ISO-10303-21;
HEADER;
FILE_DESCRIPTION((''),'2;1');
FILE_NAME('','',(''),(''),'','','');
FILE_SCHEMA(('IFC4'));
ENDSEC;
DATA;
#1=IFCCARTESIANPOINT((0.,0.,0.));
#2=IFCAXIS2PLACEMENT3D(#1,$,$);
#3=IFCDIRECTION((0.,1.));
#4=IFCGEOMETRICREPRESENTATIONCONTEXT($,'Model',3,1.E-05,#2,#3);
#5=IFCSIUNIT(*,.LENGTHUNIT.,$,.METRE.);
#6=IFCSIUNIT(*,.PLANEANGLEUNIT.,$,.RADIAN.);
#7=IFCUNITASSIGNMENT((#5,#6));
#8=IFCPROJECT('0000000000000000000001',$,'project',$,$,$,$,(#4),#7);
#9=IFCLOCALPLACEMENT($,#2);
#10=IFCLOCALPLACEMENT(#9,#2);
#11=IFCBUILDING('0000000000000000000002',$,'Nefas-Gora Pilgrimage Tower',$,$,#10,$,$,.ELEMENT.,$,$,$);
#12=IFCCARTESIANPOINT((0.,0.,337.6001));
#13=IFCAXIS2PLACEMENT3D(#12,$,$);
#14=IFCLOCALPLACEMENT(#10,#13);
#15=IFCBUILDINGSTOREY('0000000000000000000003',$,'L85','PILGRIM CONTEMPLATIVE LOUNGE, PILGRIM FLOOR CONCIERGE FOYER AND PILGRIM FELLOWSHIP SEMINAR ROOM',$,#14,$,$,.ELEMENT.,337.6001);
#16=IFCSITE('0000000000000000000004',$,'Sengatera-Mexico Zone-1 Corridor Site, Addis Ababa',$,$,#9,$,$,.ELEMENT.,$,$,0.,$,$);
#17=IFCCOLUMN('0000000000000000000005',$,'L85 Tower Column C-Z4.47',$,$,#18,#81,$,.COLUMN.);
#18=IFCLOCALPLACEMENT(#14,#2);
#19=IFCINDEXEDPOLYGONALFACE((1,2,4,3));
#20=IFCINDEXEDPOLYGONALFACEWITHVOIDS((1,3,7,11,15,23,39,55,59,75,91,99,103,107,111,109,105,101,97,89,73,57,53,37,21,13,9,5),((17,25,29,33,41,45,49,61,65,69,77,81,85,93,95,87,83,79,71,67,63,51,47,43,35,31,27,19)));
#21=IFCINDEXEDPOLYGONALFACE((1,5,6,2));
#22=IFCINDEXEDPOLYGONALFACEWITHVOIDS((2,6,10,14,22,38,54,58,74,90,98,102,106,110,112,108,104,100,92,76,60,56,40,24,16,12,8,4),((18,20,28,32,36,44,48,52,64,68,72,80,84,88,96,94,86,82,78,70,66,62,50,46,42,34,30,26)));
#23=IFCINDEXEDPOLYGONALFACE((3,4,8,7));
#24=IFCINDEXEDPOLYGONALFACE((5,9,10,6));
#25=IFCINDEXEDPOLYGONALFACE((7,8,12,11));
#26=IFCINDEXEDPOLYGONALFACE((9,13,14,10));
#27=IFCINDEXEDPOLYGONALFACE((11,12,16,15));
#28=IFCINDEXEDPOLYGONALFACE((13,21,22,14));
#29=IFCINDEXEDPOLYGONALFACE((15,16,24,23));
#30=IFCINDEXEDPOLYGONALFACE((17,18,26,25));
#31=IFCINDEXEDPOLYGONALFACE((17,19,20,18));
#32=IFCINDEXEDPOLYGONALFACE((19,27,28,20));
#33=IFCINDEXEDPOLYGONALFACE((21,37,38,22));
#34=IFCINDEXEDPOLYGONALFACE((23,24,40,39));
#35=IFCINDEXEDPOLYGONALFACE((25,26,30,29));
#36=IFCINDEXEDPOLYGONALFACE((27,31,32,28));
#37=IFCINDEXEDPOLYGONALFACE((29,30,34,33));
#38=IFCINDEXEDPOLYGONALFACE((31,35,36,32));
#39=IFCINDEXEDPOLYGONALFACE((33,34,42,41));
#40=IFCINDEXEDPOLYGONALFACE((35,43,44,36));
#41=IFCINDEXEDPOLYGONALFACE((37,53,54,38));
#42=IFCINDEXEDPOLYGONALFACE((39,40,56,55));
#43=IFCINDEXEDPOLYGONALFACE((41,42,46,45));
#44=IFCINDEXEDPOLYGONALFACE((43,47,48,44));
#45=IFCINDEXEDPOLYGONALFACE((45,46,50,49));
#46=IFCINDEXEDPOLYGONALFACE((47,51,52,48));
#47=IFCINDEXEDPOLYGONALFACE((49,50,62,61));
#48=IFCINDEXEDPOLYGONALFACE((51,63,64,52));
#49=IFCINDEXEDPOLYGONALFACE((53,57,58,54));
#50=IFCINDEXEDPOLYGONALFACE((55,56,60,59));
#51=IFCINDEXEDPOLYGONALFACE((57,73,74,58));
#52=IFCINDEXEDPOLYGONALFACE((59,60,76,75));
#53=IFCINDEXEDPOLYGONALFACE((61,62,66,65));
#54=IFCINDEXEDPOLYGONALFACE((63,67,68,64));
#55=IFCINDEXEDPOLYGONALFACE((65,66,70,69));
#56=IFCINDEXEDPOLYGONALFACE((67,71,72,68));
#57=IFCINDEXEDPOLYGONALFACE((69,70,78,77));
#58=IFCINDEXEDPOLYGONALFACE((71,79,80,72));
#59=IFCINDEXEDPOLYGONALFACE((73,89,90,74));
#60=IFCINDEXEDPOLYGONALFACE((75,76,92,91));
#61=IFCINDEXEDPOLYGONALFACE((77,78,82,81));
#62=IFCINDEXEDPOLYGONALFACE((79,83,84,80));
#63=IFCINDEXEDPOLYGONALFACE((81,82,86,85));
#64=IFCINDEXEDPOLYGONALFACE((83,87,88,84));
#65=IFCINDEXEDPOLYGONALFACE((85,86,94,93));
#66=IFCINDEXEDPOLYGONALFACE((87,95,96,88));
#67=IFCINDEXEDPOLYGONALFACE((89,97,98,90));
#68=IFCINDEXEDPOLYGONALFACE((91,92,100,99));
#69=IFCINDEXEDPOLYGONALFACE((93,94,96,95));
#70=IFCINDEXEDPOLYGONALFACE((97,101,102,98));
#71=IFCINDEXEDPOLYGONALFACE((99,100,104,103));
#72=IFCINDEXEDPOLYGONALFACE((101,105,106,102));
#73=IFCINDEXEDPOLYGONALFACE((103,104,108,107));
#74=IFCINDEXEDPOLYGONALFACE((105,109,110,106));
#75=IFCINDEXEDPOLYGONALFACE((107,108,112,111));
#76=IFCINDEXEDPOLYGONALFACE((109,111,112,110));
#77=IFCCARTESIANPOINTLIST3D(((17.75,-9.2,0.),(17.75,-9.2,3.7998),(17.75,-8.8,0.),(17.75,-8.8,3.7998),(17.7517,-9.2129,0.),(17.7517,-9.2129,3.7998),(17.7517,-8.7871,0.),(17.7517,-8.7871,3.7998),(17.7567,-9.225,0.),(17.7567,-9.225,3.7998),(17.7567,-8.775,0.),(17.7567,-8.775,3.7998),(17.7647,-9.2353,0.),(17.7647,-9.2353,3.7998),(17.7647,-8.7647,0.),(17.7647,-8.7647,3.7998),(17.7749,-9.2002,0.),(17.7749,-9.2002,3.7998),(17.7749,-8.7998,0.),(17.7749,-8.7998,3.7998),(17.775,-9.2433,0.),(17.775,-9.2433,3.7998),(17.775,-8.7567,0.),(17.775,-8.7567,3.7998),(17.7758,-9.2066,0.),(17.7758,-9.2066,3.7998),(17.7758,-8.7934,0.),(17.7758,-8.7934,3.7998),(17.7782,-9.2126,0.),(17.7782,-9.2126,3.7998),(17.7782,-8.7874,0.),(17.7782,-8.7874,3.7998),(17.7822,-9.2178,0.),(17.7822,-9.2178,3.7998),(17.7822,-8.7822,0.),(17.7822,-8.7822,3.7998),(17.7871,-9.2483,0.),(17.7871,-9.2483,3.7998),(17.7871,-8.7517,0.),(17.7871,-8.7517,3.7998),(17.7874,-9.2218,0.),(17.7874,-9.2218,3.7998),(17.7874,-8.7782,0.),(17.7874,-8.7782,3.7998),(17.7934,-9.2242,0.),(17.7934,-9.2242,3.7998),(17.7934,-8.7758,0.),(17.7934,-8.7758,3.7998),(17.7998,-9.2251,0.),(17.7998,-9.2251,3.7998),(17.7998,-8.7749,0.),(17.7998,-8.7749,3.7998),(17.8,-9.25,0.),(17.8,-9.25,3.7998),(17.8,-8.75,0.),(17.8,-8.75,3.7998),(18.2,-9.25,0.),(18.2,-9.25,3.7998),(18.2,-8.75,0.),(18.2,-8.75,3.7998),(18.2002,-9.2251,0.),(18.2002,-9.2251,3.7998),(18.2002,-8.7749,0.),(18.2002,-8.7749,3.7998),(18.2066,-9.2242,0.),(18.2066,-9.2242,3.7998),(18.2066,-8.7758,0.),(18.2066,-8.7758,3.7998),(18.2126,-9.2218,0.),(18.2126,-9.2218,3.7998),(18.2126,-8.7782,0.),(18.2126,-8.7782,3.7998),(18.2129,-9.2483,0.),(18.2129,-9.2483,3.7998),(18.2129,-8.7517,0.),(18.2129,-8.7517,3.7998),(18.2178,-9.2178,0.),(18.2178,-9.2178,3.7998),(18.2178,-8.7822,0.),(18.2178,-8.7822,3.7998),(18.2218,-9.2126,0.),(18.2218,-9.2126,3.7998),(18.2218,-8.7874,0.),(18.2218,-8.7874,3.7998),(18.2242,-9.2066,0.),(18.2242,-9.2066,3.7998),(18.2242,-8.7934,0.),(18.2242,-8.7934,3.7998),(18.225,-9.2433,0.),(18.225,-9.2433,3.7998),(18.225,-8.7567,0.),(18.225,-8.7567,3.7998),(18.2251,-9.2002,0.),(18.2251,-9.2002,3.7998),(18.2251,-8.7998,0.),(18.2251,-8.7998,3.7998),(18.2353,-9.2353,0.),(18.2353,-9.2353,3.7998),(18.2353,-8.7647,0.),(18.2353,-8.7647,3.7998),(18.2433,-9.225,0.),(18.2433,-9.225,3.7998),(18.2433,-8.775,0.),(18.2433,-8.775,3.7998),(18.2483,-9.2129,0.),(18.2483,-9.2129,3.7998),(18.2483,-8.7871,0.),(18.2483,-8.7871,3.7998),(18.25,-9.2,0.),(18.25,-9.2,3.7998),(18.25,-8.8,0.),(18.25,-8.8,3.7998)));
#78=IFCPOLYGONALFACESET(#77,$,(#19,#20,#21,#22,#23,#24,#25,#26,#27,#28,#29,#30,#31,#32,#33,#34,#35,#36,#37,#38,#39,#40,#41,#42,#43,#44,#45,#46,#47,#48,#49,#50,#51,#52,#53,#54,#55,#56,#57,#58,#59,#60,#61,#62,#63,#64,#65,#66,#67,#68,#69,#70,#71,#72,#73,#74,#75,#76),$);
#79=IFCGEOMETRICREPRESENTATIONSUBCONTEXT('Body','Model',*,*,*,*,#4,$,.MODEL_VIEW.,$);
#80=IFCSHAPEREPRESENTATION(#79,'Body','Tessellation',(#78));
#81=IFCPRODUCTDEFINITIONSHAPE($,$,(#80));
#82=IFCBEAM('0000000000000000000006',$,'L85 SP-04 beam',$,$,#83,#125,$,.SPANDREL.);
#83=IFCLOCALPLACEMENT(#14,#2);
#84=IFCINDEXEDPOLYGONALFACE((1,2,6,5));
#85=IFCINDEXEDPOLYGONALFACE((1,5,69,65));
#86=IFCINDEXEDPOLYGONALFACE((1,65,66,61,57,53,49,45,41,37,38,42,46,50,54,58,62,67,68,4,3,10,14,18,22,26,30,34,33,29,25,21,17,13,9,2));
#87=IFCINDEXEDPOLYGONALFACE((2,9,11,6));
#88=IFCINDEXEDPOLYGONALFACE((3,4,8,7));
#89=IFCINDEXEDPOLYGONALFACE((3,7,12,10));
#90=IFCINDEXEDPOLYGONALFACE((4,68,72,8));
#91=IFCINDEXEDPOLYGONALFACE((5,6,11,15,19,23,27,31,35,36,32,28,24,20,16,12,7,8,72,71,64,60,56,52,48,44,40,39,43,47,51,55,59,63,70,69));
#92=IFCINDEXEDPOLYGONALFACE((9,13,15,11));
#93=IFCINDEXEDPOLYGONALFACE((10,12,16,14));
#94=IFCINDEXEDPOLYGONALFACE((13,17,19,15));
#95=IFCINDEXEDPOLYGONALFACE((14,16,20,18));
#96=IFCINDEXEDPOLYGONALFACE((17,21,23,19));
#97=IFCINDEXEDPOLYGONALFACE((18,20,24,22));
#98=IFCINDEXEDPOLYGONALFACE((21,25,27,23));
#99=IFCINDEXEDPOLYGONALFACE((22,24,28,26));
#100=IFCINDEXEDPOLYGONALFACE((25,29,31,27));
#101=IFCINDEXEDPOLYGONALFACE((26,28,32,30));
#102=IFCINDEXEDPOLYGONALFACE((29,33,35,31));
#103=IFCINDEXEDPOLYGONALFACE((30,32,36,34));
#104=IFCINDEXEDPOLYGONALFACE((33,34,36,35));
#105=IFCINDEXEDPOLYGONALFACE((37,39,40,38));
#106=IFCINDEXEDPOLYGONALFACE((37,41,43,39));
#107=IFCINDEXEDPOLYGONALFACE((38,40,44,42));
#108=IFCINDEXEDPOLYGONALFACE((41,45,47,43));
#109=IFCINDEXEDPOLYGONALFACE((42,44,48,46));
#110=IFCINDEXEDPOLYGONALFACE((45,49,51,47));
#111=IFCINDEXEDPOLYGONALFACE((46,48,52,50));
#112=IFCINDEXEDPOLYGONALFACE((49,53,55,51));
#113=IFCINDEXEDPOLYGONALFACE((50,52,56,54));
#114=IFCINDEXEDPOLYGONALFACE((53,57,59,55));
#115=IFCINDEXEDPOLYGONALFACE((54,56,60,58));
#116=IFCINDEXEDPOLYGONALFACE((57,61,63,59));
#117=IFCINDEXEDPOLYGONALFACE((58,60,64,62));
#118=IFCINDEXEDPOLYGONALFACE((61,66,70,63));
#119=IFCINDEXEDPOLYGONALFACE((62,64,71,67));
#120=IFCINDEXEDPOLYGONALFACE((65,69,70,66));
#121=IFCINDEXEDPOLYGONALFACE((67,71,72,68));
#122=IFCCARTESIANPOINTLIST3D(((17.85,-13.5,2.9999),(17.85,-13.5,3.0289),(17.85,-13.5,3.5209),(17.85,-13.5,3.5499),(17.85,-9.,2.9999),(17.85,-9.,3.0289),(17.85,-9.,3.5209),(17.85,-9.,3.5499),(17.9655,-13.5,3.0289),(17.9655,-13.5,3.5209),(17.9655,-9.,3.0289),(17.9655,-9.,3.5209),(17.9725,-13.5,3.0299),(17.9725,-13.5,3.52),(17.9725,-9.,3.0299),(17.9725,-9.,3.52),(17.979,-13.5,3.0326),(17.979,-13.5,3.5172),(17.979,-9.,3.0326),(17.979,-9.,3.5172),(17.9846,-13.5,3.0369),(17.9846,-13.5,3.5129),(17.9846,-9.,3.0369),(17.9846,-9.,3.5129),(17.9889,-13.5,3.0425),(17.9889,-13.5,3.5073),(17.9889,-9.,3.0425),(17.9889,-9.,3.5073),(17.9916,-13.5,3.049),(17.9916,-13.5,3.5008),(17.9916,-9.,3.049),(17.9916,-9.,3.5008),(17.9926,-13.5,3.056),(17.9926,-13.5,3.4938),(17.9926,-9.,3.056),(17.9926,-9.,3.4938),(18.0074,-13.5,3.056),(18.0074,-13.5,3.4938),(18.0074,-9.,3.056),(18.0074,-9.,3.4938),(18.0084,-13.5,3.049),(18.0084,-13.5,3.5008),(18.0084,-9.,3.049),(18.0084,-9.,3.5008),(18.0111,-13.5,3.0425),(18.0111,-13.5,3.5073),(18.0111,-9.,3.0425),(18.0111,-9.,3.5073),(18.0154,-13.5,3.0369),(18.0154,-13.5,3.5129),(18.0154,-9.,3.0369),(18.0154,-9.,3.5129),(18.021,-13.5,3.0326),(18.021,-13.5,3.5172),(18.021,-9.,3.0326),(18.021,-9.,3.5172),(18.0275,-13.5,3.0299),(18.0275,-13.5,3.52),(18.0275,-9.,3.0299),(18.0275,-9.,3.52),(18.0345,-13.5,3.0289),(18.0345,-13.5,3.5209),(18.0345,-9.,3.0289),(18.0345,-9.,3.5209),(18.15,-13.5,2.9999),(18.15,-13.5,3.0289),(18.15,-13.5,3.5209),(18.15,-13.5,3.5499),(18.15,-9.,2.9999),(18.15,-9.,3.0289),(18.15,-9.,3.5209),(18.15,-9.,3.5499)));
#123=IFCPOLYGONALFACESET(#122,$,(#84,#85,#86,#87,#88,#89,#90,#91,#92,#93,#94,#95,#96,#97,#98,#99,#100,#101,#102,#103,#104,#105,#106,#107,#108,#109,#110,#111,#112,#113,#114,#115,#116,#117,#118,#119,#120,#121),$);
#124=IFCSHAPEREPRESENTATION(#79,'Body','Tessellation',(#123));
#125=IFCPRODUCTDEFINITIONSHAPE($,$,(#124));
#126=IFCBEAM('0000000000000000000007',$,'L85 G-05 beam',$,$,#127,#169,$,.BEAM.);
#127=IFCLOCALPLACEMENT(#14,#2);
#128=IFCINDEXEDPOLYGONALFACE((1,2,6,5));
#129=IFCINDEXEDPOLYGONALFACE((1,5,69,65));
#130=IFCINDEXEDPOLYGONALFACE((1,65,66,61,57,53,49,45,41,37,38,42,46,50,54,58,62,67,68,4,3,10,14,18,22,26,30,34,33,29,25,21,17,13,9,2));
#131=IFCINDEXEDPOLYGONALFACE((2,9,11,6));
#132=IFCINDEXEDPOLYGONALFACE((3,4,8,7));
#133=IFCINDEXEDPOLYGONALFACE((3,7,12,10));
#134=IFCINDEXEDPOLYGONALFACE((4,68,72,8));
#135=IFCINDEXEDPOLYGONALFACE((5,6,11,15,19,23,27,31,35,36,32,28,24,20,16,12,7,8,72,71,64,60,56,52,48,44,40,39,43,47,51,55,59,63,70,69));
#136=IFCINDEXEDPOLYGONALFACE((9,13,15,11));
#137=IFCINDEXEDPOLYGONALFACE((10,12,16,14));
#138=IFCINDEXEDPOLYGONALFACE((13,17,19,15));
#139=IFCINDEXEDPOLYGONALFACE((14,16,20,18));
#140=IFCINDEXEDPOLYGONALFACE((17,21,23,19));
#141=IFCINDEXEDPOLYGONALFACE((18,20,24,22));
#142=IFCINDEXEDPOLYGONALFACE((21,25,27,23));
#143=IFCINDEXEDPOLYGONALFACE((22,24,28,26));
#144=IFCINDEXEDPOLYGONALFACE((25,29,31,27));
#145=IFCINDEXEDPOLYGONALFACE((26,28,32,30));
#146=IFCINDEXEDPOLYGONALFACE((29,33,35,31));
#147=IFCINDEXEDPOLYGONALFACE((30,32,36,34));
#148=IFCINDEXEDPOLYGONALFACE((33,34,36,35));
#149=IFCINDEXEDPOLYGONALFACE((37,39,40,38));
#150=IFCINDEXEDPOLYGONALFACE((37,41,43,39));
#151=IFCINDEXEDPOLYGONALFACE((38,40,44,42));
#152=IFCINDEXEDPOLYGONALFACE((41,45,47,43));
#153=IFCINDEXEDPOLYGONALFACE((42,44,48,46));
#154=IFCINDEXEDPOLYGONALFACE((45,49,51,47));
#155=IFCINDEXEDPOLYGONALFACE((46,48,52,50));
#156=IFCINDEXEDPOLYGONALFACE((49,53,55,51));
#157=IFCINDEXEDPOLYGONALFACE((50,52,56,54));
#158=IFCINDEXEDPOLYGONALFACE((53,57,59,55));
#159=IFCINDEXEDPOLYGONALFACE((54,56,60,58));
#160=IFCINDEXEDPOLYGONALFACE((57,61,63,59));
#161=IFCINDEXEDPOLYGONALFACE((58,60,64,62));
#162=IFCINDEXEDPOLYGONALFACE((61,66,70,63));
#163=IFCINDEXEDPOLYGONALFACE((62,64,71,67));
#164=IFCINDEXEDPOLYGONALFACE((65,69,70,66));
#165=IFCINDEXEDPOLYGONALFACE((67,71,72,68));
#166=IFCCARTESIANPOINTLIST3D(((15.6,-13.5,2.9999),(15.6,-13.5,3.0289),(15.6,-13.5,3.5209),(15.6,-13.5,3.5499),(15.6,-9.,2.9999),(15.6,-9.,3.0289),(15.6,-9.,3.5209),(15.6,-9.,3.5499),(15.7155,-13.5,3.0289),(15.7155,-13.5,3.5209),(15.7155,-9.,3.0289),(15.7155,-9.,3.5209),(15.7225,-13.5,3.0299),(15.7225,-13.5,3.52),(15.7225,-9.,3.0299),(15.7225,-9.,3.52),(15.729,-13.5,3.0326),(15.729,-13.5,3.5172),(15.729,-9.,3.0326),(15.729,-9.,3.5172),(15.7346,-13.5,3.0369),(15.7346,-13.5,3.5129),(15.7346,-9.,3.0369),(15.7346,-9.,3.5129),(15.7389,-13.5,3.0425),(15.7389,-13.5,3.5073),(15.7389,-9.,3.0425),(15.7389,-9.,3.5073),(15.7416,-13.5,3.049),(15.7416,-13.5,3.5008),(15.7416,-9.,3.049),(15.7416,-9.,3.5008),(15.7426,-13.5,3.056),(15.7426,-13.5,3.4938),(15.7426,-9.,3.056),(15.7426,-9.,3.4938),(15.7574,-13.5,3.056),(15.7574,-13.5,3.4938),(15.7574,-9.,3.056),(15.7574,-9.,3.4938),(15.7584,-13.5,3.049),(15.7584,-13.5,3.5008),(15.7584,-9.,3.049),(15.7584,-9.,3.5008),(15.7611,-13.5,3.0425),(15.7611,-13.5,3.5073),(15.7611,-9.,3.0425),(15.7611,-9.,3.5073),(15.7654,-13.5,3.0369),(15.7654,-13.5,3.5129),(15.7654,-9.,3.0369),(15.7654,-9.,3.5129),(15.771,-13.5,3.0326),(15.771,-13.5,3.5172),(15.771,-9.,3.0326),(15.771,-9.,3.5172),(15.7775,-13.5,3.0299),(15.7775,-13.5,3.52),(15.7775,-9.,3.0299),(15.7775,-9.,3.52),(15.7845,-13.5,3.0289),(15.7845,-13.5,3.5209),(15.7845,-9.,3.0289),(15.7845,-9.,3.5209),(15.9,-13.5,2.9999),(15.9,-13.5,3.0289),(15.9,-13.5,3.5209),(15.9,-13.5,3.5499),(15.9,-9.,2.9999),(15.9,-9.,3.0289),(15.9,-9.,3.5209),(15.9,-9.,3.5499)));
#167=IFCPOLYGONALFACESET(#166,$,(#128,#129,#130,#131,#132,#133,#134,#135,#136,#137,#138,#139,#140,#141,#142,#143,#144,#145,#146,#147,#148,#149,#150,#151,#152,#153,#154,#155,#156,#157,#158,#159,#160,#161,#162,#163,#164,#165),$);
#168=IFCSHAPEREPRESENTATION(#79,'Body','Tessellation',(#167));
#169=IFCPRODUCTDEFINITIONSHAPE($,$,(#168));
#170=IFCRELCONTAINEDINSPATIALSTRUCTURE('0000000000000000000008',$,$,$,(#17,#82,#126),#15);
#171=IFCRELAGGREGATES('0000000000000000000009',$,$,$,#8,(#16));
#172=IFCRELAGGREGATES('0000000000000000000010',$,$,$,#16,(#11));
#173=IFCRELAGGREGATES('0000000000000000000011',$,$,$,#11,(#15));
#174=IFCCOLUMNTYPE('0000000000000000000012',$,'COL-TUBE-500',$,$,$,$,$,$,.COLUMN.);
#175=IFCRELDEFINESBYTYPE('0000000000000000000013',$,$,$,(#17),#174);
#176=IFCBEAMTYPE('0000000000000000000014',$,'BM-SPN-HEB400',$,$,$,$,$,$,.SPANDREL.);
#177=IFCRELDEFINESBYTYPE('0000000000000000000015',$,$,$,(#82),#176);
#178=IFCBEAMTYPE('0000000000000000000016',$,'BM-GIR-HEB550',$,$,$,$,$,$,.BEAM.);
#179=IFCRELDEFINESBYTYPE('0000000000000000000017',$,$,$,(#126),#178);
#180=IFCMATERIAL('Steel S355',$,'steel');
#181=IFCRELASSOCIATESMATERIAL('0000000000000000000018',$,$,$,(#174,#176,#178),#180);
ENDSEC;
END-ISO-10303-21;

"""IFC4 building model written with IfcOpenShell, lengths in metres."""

from ifc_helpers import new_model, si_unit, direction, frame, origin, origin_2d, place, context, subcontext, project, spatial, hollow_rectangle, i_section, extrude, source, transform, mapped, material, material_profile, profile_set, type_object, element, save


model = new_model("IFC4")

# Units and contexts
model_context = context("Model", 3, precision=1e-05, world=origin(), true_north=direction((0.0, 1.0)))
body_context = subcontext(model_context, "Body", "Model", "MODEL_VIEW")
ifc_project = project(units=[si_unit("LENGTHUNIT", "METRE"), si_unit("PLANEANGLEUNIT", "RADIAN")], contexts=[model_context])

# Site, building, storey
site_placement = place(None, origin())
site = spatial("IfcSite", under=ifc_project, at=site_placement, Name="Sengatera-Mexico Zone-1 Corridor Site, Addis Ababa", CompositionType="ELEMENT", RefElevation=0.0)
building_placement = place(site_placement, origin())
building = spatial("IfcBuilding", under=site, at=building_placement, Name="Nefas-Gora Pilgrimage Tower", CompositionType="ELEMENT")
storey_placement = place(building_placement, frame((0.0, 0.0, 337.6001)))
storey = spatial("IfcBuildingStorey", under=building, at=storey_placement, Name="L85", Description="PILGRIM CONTEMPLATIVE LOUNGE, PILGRIM FLOOR CONCIERGE FOYER AND PILGRIM FELLOWSHIP SEMINAR ROOM", CompositionType="ELEMENT", Elevation=337.6001)

# Column
ifc_material_1 = material(Name="Steel S355", Category="steel")
ifc_material_profile_1 = material_profile(ifc_material_1, hollow_rectangle(XDim=0.5, YDim=0.5, WallThickness=0.0249, InnerFilletRadius=0.0249, OuterFilletRadius=0.05, at=origin_2d()), Name="SHS 500x500x25")
ifc_profile_set_1 = profile_set([ifc_material_profile_1], Name="Steel S355")
column_type_1 = type_object("IfcColumnType", Name="COL-TUBE-500", PredefinedType="COLUMN", material=ifc_profile_set_1)
shared_shape_1 = source(origin(), body_context, "Body", "SweptSolid", [
    extrude(hollow_rectangle(XDim=0.5, YDim=0.5, WallThickness=0.0249, InnerFilletRadius=0.0249, OuterFilletRadius=0.05, at=origin_2d()), origin(), (0.0, 0.0, 1.0), 3.7998),
])
for number, where, z_axis, x_axis, name in (
    (1, (18.0, -9.0, 0.0), (0.0, 0.0, 1.0), (1.0, 0.0, 0.0), "L85 Tower Column C-Z4.47"),
):
    element("IfcColumn", number, at=place(storey_placement, frame(where, z_axis=z_axis, x_axis=x_axis)), inside=storey, type_object=column_type_1, Name=name, PredefinedType="COLUMN", context=body_context, shape_type="MappedRepresentation", body=[
        mapped(shared_shape_1, transform((0.0, 0.0, 0.0), x_axis=(1.0, 0.0, 0.0), y_axis=(0.0, 1.0, 0.0), z_axis=(0.0, 0.0, 1.0), scale=1.0)),
    ])

# Beams
ifc_material_profile_2 = material_profile(ifc_material_1, i_section(OverallWidth=0.3, OverallDepth=0.55, WebThickness=0.0149, FlangeThickness=0.0291, FilletRadius=0.0271, at=origin_2d()), Name="HEB 550")
ifc_profile_set_2 = profile_set([ifc_material_profile_2], Name="Steel S355")
beam_type_1 = type_object("IfcBeamType", Name="BM-SPN-HEB400", PredefinedType="SPANDREL", material=ifc_profile_set_2)
shared_shape_2 = source(origin(), body_context, "Body", "SweptSolid", [
    extrude(i_section(OverallWidth=0.3, OverallDepth=0.55, WebThickness=0.0149, FlangeThickness=0.0291, FilletRadius=0.0271, at=origin_2d()), origin(), (0.0, 0.0, 1.0), 4.5),
])
beam_placement = place(storey_placement, frame((18.0, -13.5, 3.2749), z_axis=(0.0, 1.0, 0.0), x_axis=(-1.0, 0.0, 0.0)))
element("IfcBeam", 2, at=beam_placement, inside=storey, type_object=beam_type_1, Name="L85 SP-04 beam", PredefinedType="SPANDREL", context=body_context, shape_type="MappedRepresentation", body=[
    mapped(shared_shape_2, transform((0.0, 0.0, 0.0), x_axis=(1.0, 0.0, 0.0), y_axis=(0.0, 1.0, 0.0), z_axis=(0.0, 0.0, 1.0), scale=1.0)),
])
ifc_material_profile_3 = material_profile(ifc_material_1, i_section(OverallWidth=0.3, OverallDepth=0.55, WebThickness=0.0149, FlangeThickness=0.0291, FilletRadius=0.0271, at=origin_2d()), Name="HEB 550")
ifc_profile_set_3 = profile_set([ifc_material_profile_3], Name="Steel S355")
beam_type_2 = type_object("IfcBeamType", Name="BM-GIR-HEB550", PredefinedType="BEAM", material=ifc_profile_set_3)
shared_shape_3 = source(origin(), body_context, "Body", "SweptSolid", [
    extrude(i_section(OverallWidth=0.3, OverallDepth=0.55, WebThickness=0.0149, FlangeThickness=0.0291, FilletRadius=0.0271, at=origin_2d()), origin(), (0.0, 0.0, 1.0), 4.5),
])
for number, where, z_axis, x_axis, name in (
    (3, (15.75, -13.5, 3.2749), (0.0, 1.0, 0.0), (-1.0, 0.0, 0.0), "L85 G-05 beam"),
):
    element("IfcBeam", number, at=place(storey_placement, frame(where, z_axis=z_axis, x_axis=x_axis)), inside=storey, type_object=beam_type_2, Name=name, PredefinedType="BEAM", context=body_context, shape_type="MappedRepresentation", body=[
        mapped(shared_shape_3, transform((0.0, 0.0, 0.0), x_axis=(1.0, 0.0, 0.0), y_axis=(0.0, 1.0, 0.0), z_axis=(0.0, 0.0, 1.0), scale=1.0)),
    ])

save(model, "model.ifc")
